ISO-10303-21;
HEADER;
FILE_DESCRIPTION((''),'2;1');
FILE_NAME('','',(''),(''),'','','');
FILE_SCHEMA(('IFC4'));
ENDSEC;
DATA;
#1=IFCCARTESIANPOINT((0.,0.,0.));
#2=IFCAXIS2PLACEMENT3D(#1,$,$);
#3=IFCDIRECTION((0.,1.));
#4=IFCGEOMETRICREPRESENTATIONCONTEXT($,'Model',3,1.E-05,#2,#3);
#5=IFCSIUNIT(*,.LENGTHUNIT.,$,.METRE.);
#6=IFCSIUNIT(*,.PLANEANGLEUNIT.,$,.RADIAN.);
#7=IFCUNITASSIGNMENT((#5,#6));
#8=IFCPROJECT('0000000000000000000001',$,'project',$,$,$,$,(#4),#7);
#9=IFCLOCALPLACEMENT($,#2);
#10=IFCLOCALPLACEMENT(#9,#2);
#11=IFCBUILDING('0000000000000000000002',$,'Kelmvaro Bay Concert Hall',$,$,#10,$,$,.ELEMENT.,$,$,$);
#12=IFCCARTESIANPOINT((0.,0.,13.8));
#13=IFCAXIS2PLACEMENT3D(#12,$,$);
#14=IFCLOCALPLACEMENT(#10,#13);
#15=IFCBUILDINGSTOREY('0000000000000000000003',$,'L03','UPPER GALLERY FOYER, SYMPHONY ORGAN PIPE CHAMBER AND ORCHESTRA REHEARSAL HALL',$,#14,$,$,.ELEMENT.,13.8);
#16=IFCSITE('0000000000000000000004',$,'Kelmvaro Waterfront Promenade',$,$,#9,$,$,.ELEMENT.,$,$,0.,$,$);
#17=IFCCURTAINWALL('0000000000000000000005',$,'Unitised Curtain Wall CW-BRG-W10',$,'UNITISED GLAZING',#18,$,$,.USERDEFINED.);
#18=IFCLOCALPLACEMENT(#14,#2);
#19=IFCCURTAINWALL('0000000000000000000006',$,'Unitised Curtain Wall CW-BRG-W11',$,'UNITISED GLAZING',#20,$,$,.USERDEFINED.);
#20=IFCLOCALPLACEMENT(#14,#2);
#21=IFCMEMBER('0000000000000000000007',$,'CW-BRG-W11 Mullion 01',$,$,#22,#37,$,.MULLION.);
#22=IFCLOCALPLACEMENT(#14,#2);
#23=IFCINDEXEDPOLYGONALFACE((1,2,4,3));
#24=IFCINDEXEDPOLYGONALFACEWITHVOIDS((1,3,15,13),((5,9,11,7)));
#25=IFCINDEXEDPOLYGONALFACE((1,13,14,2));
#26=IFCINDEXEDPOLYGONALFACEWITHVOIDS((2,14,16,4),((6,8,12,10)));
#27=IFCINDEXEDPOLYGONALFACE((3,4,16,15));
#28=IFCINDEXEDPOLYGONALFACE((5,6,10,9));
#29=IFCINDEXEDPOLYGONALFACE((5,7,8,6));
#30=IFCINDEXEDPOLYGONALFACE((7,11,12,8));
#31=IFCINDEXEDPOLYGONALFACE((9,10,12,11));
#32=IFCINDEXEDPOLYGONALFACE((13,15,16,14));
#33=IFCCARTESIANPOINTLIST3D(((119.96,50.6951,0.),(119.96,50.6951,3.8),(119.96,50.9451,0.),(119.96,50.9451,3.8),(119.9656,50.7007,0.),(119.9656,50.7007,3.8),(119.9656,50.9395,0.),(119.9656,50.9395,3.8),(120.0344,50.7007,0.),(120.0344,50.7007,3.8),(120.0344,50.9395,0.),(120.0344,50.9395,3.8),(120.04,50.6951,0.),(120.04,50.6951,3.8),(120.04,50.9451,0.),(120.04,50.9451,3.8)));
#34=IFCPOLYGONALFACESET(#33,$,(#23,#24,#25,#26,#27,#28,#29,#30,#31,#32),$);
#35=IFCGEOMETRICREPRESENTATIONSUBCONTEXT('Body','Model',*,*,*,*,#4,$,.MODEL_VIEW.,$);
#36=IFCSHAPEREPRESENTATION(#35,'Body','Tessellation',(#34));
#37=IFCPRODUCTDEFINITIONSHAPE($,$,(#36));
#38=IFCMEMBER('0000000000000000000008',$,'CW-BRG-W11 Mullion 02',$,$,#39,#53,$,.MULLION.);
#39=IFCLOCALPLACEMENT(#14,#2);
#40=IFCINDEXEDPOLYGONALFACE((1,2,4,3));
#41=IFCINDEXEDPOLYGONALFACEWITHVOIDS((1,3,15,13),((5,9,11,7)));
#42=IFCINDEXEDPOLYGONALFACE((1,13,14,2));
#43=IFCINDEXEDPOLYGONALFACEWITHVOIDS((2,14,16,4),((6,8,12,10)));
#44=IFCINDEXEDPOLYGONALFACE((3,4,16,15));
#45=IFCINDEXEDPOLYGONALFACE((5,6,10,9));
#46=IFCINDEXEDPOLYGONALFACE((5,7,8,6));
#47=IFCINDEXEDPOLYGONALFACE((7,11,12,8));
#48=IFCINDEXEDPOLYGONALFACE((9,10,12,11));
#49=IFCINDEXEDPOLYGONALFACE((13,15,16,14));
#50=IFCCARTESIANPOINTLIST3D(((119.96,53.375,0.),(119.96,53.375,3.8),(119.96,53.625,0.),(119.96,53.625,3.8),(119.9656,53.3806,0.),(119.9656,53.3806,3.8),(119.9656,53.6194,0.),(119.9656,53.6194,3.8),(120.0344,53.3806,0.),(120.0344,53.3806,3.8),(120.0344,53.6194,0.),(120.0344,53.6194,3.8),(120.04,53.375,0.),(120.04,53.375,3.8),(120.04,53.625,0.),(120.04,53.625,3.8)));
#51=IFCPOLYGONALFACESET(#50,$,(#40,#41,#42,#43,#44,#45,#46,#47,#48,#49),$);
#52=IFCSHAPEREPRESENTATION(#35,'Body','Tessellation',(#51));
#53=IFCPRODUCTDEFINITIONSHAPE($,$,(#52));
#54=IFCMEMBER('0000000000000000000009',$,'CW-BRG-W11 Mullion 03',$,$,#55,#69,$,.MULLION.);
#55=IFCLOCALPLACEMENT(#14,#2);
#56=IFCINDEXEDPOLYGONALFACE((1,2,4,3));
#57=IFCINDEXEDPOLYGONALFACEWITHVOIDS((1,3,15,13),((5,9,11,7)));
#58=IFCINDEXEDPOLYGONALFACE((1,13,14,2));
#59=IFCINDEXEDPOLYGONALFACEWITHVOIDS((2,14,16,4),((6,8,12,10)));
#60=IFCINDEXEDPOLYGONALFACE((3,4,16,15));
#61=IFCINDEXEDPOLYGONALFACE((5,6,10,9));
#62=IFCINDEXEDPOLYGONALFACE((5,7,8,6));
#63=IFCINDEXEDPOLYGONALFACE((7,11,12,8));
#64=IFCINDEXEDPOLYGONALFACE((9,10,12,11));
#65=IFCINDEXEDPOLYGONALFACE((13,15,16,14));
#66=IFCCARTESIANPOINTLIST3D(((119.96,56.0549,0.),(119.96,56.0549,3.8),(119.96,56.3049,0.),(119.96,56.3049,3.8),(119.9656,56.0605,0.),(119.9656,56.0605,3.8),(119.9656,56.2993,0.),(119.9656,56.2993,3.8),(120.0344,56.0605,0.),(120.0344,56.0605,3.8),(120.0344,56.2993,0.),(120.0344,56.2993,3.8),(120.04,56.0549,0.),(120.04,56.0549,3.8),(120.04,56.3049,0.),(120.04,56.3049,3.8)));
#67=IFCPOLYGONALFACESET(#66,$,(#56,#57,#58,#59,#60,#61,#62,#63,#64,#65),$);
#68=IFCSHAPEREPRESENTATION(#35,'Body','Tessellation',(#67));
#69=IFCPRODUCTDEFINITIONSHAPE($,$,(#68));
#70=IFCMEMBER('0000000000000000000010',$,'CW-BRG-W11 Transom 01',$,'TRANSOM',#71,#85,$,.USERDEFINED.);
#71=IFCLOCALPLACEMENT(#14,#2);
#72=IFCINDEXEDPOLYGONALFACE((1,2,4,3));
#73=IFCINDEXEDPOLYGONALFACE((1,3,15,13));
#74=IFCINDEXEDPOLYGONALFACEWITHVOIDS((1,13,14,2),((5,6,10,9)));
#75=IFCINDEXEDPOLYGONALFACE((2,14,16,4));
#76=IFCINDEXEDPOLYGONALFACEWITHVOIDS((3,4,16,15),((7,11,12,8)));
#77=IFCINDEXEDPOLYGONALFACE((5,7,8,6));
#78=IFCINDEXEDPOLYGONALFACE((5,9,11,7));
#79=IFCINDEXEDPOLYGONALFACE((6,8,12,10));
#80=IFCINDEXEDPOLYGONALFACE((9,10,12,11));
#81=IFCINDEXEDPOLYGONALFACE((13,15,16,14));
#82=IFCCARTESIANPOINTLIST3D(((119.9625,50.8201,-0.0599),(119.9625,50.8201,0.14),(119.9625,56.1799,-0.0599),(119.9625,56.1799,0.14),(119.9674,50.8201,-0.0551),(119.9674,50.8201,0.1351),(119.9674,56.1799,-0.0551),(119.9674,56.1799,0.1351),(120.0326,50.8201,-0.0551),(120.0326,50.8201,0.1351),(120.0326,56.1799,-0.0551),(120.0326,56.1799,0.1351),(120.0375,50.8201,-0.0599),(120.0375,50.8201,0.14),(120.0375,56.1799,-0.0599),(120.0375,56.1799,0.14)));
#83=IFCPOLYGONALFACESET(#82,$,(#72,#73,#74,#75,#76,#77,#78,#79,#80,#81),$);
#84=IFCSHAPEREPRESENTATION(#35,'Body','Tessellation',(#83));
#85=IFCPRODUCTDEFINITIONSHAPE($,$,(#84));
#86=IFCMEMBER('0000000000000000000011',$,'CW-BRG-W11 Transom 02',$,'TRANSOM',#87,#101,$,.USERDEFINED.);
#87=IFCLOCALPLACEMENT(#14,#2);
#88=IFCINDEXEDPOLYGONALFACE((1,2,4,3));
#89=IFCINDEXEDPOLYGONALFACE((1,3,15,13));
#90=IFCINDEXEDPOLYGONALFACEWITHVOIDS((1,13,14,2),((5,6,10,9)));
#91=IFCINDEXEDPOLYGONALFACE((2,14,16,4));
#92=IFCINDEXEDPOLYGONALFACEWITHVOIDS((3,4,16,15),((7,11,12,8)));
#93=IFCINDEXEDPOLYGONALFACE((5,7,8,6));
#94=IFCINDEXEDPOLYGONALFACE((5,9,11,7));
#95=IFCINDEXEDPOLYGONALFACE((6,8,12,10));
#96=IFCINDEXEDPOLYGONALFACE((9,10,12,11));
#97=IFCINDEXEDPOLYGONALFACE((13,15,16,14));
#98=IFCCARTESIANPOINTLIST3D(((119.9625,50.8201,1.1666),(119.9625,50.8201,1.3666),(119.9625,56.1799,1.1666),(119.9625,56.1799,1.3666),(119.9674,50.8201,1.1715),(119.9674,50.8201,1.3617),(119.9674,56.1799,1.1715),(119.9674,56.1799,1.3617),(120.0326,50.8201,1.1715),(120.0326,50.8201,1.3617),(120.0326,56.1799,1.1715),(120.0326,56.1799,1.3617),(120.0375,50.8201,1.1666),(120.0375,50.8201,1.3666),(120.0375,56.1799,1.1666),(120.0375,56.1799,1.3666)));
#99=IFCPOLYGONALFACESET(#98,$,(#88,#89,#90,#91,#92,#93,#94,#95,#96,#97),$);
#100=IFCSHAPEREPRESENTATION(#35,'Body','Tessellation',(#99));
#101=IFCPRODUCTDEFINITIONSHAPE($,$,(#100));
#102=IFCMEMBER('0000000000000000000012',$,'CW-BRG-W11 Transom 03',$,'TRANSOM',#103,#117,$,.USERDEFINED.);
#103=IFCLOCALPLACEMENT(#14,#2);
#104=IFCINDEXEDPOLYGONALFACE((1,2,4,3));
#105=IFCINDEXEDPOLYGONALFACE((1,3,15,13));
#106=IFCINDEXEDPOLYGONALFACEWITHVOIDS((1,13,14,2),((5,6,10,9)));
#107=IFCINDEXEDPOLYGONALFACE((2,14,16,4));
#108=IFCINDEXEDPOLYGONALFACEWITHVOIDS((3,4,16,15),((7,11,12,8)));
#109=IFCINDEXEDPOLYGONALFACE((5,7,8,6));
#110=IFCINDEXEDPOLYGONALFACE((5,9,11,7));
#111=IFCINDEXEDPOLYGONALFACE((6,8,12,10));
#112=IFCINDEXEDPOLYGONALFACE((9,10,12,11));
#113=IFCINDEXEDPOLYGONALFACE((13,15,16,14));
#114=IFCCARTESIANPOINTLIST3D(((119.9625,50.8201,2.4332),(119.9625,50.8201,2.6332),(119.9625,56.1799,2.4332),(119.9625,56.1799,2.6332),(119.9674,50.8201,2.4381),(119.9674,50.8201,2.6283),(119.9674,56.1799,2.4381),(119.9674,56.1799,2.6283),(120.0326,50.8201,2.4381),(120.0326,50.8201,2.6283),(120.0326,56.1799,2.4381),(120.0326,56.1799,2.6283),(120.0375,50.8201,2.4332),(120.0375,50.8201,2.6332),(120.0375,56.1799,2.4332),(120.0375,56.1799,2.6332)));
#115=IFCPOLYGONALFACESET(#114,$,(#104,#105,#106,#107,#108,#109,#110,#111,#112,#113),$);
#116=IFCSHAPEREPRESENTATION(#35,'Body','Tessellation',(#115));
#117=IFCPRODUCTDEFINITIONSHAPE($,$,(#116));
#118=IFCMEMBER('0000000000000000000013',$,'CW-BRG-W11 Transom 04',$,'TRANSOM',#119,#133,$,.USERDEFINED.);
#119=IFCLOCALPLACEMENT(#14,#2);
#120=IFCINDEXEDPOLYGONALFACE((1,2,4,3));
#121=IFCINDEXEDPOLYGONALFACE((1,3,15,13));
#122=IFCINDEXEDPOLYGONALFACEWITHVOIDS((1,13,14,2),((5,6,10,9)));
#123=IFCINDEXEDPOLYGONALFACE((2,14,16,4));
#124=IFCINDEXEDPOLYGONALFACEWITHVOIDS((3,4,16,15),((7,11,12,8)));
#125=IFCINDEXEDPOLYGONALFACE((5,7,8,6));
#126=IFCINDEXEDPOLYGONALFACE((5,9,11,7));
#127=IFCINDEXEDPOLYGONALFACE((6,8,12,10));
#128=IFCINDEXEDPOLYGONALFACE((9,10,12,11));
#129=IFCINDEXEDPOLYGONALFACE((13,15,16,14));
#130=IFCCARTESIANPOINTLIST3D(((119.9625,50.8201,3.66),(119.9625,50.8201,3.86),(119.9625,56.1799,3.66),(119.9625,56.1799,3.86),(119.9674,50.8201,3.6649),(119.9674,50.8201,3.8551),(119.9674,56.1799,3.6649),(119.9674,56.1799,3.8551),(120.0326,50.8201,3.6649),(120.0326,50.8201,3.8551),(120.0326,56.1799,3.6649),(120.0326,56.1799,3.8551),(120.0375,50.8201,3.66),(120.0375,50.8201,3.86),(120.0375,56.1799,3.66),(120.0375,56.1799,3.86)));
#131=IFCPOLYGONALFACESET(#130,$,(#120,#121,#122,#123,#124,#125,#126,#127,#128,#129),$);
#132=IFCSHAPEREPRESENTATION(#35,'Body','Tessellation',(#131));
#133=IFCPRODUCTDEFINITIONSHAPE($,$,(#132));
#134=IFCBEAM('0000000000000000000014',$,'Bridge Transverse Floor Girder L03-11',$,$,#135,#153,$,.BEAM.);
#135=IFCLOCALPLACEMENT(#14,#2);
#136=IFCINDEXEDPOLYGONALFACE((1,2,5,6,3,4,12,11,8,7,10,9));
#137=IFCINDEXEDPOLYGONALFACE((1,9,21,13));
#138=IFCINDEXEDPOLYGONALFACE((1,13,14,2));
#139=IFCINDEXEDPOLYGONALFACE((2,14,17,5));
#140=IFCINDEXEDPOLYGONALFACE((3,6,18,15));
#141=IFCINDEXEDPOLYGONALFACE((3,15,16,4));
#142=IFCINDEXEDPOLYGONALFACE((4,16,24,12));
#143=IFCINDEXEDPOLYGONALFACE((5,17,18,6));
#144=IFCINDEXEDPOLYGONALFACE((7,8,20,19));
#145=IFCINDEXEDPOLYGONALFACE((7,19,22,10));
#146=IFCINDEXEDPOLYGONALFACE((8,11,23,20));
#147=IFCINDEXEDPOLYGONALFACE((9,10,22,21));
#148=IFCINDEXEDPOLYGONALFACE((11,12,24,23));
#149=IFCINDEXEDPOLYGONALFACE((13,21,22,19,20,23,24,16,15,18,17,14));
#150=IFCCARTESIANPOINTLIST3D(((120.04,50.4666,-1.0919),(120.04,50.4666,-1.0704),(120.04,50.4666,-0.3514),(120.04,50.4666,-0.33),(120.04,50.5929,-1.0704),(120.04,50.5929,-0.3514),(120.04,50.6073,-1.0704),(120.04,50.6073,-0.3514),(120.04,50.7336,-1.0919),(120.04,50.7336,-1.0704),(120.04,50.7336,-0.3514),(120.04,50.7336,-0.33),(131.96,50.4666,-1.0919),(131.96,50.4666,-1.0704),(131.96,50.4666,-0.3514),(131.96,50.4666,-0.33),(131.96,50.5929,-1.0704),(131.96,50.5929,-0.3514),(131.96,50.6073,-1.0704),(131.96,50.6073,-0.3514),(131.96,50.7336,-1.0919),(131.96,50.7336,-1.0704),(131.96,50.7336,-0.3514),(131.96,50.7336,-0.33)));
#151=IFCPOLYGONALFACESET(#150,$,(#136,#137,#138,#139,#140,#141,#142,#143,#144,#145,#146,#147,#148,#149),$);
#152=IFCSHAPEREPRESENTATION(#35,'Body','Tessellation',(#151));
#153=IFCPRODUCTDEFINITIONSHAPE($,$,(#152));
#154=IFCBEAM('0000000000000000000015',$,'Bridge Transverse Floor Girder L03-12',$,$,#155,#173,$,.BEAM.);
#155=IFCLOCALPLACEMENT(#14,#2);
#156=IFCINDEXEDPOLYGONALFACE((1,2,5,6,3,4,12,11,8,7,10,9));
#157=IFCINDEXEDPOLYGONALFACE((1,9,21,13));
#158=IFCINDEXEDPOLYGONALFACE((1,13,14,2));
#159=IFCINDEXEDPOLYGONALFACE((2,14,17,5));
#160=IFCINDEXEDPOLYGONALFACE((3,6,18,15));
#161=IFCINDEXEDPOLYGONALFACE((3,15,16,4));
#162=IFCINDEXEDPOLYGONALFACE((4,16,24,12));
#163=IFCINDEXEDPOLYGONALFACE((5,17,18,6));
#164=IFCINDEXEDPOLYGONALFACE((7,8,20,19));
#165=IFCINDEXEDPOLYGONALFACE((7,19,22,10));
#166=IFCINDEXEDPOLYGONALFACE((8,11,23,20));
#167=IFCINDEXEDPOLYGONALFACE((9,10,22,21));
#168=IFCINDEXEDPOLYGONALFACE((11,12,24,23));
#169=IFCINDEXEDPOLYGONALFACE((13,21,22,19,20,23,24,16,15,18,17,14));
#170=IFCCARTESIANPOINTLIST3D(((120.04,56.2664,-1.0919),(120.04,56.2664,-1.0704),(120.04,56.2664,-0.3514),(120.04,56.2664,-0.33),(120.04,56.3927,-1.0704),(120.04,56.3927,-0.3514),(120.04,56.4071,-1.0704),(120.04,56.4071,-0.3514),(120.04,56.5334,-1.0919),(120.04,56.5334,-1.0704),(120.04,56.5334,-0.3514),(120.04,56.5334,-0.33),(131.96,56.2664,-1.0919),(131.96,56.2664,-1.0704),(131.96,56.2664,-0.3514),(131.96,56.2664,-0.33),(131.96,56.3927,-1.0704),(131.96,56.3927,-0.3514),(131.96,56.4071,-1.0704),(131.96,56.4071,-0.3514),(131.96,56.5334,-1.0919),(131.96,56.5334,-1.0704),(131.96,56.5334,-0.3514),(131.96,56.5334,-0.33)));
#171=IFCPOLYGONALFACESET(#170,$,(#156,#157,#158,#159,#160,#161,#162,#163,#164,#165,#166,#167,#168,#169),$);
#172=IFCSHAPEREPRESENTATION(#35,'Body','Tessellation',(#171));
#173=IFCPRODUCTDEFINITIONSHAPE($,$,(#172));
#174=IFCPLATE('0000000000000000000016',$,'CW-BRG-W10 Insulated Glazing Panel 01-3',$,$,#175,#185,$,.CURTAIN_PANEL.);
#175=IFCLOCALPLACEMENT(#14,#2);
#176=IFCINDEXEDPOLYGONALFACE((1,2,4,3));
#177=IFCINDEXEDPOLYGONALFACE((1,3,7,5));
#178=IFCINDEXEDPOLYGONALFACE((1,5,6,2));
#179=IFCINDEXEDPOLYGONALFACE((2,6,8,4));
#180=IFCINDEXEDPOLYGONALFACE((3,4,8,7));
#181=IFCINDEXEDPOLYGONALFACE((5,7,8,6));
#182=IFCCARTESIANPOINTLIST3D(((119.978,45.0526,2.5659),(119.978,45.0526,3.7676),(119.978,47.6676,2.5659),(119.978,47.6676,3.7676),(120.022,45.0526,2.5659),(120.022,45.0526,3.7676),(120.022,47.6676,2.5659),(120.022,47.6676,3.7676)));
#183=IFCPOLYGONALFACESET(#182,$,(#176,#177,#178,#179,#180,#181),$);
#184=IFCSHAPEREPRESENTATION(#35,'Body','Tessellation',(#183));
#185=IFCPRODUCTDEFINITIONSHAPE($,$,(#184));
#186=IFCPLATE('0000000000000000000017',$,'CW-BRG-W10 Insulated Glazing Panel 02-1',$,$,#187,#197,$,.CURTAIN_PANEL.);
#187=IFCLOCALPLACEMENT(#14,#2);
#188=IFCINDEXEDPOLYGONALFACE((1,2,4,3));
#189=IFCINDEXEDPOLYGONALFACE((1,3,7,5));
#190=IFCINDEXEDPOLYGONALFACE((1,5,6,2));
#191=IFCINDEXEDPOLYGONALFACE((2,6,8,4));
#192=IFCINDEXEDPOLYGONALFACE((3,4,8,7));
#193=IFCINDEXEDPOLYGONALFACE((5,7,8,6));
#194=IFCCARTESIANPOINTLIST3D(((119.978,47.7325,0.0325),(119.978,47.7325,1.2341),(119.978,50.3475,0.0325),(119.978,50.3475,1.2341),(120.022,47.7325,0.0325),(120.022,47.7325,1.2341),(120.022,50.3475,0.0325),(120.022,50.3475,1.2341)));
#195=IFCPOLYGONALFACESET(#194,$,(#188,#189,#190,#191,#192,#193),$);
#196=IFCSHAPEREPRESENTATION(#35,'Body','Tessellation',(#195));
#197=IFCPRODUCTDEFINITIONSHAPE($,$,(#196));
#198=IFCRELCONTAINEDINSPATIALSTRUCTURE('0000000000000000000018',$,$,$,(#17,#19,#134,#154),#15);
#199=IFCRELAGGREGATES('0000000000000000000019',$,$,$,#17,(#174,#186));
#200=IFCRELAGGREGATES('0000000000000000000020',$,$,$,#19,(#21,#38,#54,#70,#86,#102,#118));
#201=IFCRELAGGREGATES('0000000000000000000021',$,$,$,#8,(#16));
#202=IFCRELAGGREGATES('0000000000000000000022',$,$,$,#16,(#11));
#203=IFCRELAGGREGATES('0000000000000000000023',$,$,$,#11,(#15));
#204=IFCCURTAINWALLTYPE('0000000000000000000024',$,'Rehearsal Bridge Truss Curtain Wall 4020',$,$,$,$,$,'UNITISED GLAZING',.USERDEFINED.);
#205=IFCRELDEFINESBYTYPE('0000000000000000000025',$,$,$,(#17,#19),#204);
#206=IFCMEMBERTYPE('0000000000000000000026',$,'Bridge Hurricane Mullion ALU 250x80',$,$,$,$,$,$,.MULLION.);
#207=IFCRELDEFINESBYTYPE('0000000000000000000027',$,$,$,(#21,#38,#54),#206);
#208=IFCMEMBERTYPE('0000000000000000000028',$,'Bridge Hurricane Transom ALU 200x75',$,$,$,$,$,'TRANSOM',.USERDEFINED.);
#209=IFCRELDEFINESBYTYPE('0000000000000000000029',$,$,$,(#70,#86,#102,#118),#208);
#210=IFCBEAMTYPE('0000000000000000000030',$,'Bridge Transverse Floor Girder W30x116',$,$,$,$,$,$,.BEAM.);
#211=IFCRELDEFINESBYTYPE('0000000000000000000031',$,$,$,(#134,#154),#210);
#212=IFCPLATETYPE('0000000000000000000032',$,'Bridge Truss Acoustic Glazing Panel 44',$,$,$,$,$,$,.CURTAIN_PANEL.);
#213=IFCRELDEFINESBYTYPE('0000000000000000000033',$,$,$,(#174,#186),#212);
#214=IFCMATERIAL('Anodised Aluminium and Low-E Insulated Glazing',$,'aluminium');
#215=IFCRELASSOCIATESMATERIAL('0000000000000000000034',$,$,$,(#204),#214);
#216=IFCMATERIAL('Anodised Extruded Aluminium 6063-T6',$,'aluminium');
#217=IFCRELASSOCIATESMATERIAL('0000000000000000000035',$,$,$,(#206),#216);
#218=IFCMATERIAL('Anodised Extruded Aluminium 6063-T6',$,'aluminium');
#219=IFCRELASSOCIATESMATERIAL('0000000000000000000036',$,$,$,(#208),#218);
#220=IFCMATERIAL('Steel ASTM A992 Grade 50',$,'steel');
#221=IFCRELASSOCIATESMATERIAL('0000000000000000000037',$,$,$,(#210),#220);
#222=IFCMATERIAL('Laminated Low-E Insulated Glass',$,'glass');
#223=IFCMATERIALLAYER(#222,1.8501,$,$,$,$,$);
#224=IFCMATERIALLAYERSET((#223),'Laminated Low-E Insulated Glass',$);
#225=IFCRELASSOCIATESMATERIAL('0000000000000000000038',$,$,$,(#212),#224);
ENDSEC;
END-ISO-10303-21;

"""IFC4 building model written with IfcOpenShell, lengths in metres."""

from ifc_helpers import new_model, si_unit, direction, frame, origin, origin_2d, place, context, subcontext, project, spatial, rectangle, hollow_rectangle, i_section, extrude, material, layer, layer_set, material_profile, profile_set, type_object, element, aggregate, save


model = new_model("IFC4")

# Units and contexts
model_context = context("Model", 3, precision=1e-05, world=origin(), true_north=direction((0.0, 1.0)))
body_context = subcontext(model_context, "Body", "Model", "MODEL_VIEW")
ifc_project = project(units=[si_unit("LENGTHUNIT", "METRE"), si_unit("PLANEANGLEUNIT", "RADIAN")], contexts=[model_context])

# Site, building, storey
site_placement = place(None, origin())
site = spatial("IfcSite", under=ifc_project, at=site_placement, Name="Kelmvaro Waterfront Promenade", CompositionType="ELEMENT", RefElevation=0.0)
building_placement = place(site_placement, origin())
building = spatial("IfcBuilding", under=site, at=building_placement, Name="Kelmvaro Bay Concert Hall", CompositionType="ELEMENT")
storey_placement = place(building_placement, frame((0.0, 0.0, 13.8)))
storey = spatial("IfcBuildingStorey", under=building, at=storey_placement, Name="L03", Description="UPPER GALLERY FOYER, SYMPHONY ORGAN PIPE CHAMBER AND ORCHESTRA REHEARSAL HALL", CompositionType="ELEMENT", Elevation=13.8)

# Curtain walls, members
ifc_material_1 = material(Name="Anodised Aluminium and Low-E Insulated Glazing", Category="aluminium")
curtain_wall_type = type_object("IfcCurtainWallType", Name="Rehearsal Bridge Truss Curtain Wall 4020", ElementType="UNITISED GLAZING", PredefinedType="USERDEFINED", material=ifc_material_1)
curtain_wall_1_placement = place(storey_placement, origin())
curtain_wall_1 = element("IfcCurtainWall", 1, at=curtain_wall_1_placement, inside=storey, type_object=curtain_wall_type, Name="Unitised Curtain Wall CW-BRG-W10", ObjectType="UNITISED GLAZING", PredefinedType="USERDEFINED")
ifc_material_2 = material(Name="Anodised Extruded Aluminium 6063-T6", Category="aluminium")
ifc_material_profile_1 = material_profile(ifc_material_2, hollow_rectangle(XDim=0.0801, YDim=0.25, WallThickness=0.0056, at=origin_2d()), Name="ALU-MUL-250X80")
ifc_profile_set_1 = profile_set([ifc_material_profile_1], Name="Anodised Extruded Aluminium 6063-T6")
member_type_1 = type_object("IfcMemberType", Name="Bridge Hurricane Mullion ALU 250x80", PredefinedType="MULLION", material=ifc_profile_set_1)
curtain_wall_2_placement = place(storey_placement, origin())
curtain_wall_2 = element("IfcCurtainWall", 2, at=curtain_wall_2_placement, inside=storey, type_object=curtain_wall_type, Name="Unitised Curtain Wall CW-BRG-W11", ObjectType="UNITISED GLAZING", PredefinedType="USERDEFINED")
member_1_placement = place(storey_placement, frame((120.0, 50.8201, 0.0), z_axis=(0.0, 0.0, 1.0), x_axis=(1.0, 0.0, 0.0)))
member_1 = element("IfcMember", 3, at=member_1_placement, type_object=member_type_1, Name="CW-BRG-W11 Mullion 01", PredefinedType="MULLION", context=body_context, shape_type="SweptSolid", body=[
    extrude(hollow_rectangle(XDim=0.0801, YDim=0.25, WallThickness=0.0056, at=origin_2d()), origin(), (0.0, 0.0, 1.0), 3.8),
])
member_2_placement = place(storey_placement, frame((120.0, 53.5, 0.0), z_axis=(0.0, 0.0, 1.0), x_axis=(1.0, 0.0, 0.0)))
member_2 = element("IfcMember", 4, at=member_2_placement, type_object=member_type_1, Name="CW-BRG-W11 Mullion 02", PredefinedType="MULLION", context=body_context, shape_type="SweptSolid", body=[
    extrude(hollow_rectangle(XDim=0.0801, YDim=0.25, WallThickness=0.0056, at=origin_2d()), origin(), (0.0, 0.0, 1.0), 3.8),
])
member_3_placement = place(storey_placement, frame((120.0, 56.1799, 0.0), z_axis=(0.0, 0.0, 1.0), x_axis=(1.0, 0.0, 0.0)))
member_3 = element("IfcMember", 5, at=member_3_placement, type_object=member_type_1, Name="CW-BRG-W11 Mullion 03", PredefinedType="MULLION", context=body_context, shape_type="SweptSolid", body=[
    extrude(hollow_rectangle(XDim=0.0801, YDim=0.25, WallThickness=0.0056, at=origin_2d()), origin(), (0.0, 0.0, 1.0), 3.8),
])
ifc_material_3 = material(Name="Anodised Extruded Aluminium 6063-T6", Category="aluminium")
ifc_material_profile_2 = material_profile(ifc_material_3, hollow_rectangle(XDim=0.075, YDim=0.2, WallThickness=0.0049, at=origin_2d()), Name="ALU-TRN-200X75")
ifc_profile_set_2 = profile_set([ifc_material_profile_2], Name="Anodised Extruded Aluminium 6063-T6")
member_type_2 = type_object("IfcMemberType", Name="Bridge Hurricane Transom ALU 200x75", ElementType="TRANSOM", PredefinedType="USERDEFINED", material=ifc_profile_set_2)
member_4_placement = place(storey_placement, frame((120.0, 50.8201, 0.04), z_axis=(0.0, 1.0, 0.0), x_axis=(-1.0, 0.0, 0.0)))
member_4 = element("IfcMember", 6, at=member_4_placement, type_object=member_type_2, Name="CW-BRG-W11 Transom 01", ObjectType="TRANSOM", PredefinedType="USERDEFINED", context=body_context, shape_type="SweptSolid", body=[
    extrude(hollow_rectangle(XDim=0.075, YDim=0.2, WallThickness=0.0049, at=origin_2d()), origin(), (0.0, 0.0, 1.0), 5.3599),
])
member_5_placement = place(storey_placement, frame((120.0, 50.8201, 1.2666), z_axis=(0.0, 1.0, 0.0), x_axis=(-1.0, 0.0, 0.0)))
member_5 = element("IfcMember", 7, at=member_5_placement, type_object=member_type_2, Name="CW-BRG-W11 Transom 02", ObjectType="TRANSOM", PredefinedType="USERDEFINED", context=body_context, shape_type="SweptSolid", body=[
    extrude(hollow_rectangle(XDim=0.075, YDim=0.2, WallThickness=0.0049, at=origin_2d()), origin(), (0.0, 0.0, 1.0), 5.3599),
])
member_6_placement = place(storey_placement, frame((120.0, 50.8201, 2.5332), z_axis=(0.0, 1.0, 0.0), x_axis=(-1.0, 0.0, 0.0)))
member_6 = element("IfcMember", 8, at=member_6_placement, type_object=member_type_2, Name="CW-BRG-W11 Transom 03", ObjectType="TRANSOM", PredefinedType="USERDEFINED", context=body_context, shape_type="SweptSolid", body=[
    extrude(hollow_rectangle(XDim=0.075, YDim=0.2, WallThickness=0.0049, at=origin_2d()), origin(), (0.0, 0.0, 1.0), 5.3599),
])
member_7_placement = place(storey_placement, frame((120.0, 50.8201, 3.76), z_axis=(0.0, 1.0, 0.0), x_axis=(-1.0, 0.0, 0.0)))
member_7 = element("IfcMember", 9, at=member_7_placement, type_object=member_type_2, Name="CW-BRG-W11 Transom 04", ObjectType="TRANSOM", PredefinedType="USERDEFINED", context=body_context, shape_type="SweptSolid", body=[
    extrude(hollow_rectangle(XDim=0.075, YDim=0.2, WallThickness=0.0049, at=origin_2d()), origin(), (0.0, 0.0, 1.0), 5.3599),
])

# Beams
ifc_material_4 = material(Name="Steel ASTM A992 Grade 50", Category="steel")
ifc_material_profile_3 = material_profile(ifc_material_4, i_section(OverallWidth=0.2671, OverallDepth=0.762, WebThickness=0.0144, FlangeThickness=0.0215, at=origin_2d()), Name="W30X116")
ifc_profile_set_3 = profile_set([ifc_material_profile_3], Name="Steel ASTM A992 Grade 50")
beam_type_1 = type_object("IfcBeamType", Name="Bridge Transverse Floor Girder W30x116", PredefinedType="BEAM", material=ifc_profile_set_3)
for number, where, z_axis, x_axis, name in (
    (10, (120.04, 50.6001, -0.7109), (1.0, 0.0, 0.0), (0.0, 1.0, 0.0), "Bridge Transverse Floor Girder L03-11"),
    (11, (120.04, 56.3999, -0.7109), (1.0, 0.0, 0.0), (0.0, 1.0, 0.0), "Bridge Transverse Floor Girder L03-12"),
):
    element("IfcBeam", number, at=place(storey_placement, frame(where, z_axis=z_axis, x_axis=x_axis)), inside=storey, type_object=beam_type_1, Name=name, PredefinedType="BEAM", context=body_context, shape_type="SweptSolid", body=[
        extrude(i_section(OverallWidth=0.2671, OverallDepth=0.762, WebThickness=0.0144, FlangeThickness=0.0215, at=origin_2d()), origin(), (0.0, 0.0, 1.0), 11.9199),
    ])

# Plates
ifc_material_5 = material(Name="Laminated Low-E Insulated Glass", Category="glass")
ifc_layer = layer(ifc_material_5, 1.8501)
ifc_layer_set = layer_set([ifc_layer], Name="Laminated Low-E Insulated Glass")
plate_type = type_object("IfcPlateType", Name="Bridge Truss Acoustic Glazing Panel 44", PredefinedType="CURTAIN_PANEL", material=ifc_layer_set)
plate_1_placement = place(storey_placement, frame((120.0, 46.3601, 2.5659), z_axis=(0.0, 0.0, 1.0), x_axis=(0.0, 1.0, 0.0)))
plate_1 = element("IfcPlate", 12, at=plate_1_placement, type_object=plate_type, Name="CW-BRG-W10 Insulated Glazing Panel 01-3", PredefinedType="CURTAIN_PANEL", context=body_context, shape_type="SweptSolid", body=[
    extrude(rectangle(XDim=2.615, YDim=0.0439, at=origin_2d()), origin(), (0.0, 0.0, 1.0), 1.2017),
])
plate_2_placement = place(storey_placement, frame((120.0, 49.04, 0.0325), z_axis=(0.0, 0.0, 1.0), x_axis=(0.0, 1.0, 0.0)))
plate_2 = element("IfcPlate", 13, at=plate_2_placement, type_object=plate_type, Name="CW-BRG-W10 Insulated Glazing Panel 02-1", PredefinedType="CURTAIN_PANEL", context=body_context, shape_type="SweptSolid", body=[
    extrude(rectangle(XDim=2.615, YDim=0.0439, at=origin_2d()), origin(), (0.0, 0.0, 1.0), 1.2017),
])
aggregate(curtain_wall_1, [plate_1, plate_2])
aggregate(curtain_wall_2, [member_1, member_2, member_3, member_4, member_5, member_6, member_7])

save(model, "model.ifc")
